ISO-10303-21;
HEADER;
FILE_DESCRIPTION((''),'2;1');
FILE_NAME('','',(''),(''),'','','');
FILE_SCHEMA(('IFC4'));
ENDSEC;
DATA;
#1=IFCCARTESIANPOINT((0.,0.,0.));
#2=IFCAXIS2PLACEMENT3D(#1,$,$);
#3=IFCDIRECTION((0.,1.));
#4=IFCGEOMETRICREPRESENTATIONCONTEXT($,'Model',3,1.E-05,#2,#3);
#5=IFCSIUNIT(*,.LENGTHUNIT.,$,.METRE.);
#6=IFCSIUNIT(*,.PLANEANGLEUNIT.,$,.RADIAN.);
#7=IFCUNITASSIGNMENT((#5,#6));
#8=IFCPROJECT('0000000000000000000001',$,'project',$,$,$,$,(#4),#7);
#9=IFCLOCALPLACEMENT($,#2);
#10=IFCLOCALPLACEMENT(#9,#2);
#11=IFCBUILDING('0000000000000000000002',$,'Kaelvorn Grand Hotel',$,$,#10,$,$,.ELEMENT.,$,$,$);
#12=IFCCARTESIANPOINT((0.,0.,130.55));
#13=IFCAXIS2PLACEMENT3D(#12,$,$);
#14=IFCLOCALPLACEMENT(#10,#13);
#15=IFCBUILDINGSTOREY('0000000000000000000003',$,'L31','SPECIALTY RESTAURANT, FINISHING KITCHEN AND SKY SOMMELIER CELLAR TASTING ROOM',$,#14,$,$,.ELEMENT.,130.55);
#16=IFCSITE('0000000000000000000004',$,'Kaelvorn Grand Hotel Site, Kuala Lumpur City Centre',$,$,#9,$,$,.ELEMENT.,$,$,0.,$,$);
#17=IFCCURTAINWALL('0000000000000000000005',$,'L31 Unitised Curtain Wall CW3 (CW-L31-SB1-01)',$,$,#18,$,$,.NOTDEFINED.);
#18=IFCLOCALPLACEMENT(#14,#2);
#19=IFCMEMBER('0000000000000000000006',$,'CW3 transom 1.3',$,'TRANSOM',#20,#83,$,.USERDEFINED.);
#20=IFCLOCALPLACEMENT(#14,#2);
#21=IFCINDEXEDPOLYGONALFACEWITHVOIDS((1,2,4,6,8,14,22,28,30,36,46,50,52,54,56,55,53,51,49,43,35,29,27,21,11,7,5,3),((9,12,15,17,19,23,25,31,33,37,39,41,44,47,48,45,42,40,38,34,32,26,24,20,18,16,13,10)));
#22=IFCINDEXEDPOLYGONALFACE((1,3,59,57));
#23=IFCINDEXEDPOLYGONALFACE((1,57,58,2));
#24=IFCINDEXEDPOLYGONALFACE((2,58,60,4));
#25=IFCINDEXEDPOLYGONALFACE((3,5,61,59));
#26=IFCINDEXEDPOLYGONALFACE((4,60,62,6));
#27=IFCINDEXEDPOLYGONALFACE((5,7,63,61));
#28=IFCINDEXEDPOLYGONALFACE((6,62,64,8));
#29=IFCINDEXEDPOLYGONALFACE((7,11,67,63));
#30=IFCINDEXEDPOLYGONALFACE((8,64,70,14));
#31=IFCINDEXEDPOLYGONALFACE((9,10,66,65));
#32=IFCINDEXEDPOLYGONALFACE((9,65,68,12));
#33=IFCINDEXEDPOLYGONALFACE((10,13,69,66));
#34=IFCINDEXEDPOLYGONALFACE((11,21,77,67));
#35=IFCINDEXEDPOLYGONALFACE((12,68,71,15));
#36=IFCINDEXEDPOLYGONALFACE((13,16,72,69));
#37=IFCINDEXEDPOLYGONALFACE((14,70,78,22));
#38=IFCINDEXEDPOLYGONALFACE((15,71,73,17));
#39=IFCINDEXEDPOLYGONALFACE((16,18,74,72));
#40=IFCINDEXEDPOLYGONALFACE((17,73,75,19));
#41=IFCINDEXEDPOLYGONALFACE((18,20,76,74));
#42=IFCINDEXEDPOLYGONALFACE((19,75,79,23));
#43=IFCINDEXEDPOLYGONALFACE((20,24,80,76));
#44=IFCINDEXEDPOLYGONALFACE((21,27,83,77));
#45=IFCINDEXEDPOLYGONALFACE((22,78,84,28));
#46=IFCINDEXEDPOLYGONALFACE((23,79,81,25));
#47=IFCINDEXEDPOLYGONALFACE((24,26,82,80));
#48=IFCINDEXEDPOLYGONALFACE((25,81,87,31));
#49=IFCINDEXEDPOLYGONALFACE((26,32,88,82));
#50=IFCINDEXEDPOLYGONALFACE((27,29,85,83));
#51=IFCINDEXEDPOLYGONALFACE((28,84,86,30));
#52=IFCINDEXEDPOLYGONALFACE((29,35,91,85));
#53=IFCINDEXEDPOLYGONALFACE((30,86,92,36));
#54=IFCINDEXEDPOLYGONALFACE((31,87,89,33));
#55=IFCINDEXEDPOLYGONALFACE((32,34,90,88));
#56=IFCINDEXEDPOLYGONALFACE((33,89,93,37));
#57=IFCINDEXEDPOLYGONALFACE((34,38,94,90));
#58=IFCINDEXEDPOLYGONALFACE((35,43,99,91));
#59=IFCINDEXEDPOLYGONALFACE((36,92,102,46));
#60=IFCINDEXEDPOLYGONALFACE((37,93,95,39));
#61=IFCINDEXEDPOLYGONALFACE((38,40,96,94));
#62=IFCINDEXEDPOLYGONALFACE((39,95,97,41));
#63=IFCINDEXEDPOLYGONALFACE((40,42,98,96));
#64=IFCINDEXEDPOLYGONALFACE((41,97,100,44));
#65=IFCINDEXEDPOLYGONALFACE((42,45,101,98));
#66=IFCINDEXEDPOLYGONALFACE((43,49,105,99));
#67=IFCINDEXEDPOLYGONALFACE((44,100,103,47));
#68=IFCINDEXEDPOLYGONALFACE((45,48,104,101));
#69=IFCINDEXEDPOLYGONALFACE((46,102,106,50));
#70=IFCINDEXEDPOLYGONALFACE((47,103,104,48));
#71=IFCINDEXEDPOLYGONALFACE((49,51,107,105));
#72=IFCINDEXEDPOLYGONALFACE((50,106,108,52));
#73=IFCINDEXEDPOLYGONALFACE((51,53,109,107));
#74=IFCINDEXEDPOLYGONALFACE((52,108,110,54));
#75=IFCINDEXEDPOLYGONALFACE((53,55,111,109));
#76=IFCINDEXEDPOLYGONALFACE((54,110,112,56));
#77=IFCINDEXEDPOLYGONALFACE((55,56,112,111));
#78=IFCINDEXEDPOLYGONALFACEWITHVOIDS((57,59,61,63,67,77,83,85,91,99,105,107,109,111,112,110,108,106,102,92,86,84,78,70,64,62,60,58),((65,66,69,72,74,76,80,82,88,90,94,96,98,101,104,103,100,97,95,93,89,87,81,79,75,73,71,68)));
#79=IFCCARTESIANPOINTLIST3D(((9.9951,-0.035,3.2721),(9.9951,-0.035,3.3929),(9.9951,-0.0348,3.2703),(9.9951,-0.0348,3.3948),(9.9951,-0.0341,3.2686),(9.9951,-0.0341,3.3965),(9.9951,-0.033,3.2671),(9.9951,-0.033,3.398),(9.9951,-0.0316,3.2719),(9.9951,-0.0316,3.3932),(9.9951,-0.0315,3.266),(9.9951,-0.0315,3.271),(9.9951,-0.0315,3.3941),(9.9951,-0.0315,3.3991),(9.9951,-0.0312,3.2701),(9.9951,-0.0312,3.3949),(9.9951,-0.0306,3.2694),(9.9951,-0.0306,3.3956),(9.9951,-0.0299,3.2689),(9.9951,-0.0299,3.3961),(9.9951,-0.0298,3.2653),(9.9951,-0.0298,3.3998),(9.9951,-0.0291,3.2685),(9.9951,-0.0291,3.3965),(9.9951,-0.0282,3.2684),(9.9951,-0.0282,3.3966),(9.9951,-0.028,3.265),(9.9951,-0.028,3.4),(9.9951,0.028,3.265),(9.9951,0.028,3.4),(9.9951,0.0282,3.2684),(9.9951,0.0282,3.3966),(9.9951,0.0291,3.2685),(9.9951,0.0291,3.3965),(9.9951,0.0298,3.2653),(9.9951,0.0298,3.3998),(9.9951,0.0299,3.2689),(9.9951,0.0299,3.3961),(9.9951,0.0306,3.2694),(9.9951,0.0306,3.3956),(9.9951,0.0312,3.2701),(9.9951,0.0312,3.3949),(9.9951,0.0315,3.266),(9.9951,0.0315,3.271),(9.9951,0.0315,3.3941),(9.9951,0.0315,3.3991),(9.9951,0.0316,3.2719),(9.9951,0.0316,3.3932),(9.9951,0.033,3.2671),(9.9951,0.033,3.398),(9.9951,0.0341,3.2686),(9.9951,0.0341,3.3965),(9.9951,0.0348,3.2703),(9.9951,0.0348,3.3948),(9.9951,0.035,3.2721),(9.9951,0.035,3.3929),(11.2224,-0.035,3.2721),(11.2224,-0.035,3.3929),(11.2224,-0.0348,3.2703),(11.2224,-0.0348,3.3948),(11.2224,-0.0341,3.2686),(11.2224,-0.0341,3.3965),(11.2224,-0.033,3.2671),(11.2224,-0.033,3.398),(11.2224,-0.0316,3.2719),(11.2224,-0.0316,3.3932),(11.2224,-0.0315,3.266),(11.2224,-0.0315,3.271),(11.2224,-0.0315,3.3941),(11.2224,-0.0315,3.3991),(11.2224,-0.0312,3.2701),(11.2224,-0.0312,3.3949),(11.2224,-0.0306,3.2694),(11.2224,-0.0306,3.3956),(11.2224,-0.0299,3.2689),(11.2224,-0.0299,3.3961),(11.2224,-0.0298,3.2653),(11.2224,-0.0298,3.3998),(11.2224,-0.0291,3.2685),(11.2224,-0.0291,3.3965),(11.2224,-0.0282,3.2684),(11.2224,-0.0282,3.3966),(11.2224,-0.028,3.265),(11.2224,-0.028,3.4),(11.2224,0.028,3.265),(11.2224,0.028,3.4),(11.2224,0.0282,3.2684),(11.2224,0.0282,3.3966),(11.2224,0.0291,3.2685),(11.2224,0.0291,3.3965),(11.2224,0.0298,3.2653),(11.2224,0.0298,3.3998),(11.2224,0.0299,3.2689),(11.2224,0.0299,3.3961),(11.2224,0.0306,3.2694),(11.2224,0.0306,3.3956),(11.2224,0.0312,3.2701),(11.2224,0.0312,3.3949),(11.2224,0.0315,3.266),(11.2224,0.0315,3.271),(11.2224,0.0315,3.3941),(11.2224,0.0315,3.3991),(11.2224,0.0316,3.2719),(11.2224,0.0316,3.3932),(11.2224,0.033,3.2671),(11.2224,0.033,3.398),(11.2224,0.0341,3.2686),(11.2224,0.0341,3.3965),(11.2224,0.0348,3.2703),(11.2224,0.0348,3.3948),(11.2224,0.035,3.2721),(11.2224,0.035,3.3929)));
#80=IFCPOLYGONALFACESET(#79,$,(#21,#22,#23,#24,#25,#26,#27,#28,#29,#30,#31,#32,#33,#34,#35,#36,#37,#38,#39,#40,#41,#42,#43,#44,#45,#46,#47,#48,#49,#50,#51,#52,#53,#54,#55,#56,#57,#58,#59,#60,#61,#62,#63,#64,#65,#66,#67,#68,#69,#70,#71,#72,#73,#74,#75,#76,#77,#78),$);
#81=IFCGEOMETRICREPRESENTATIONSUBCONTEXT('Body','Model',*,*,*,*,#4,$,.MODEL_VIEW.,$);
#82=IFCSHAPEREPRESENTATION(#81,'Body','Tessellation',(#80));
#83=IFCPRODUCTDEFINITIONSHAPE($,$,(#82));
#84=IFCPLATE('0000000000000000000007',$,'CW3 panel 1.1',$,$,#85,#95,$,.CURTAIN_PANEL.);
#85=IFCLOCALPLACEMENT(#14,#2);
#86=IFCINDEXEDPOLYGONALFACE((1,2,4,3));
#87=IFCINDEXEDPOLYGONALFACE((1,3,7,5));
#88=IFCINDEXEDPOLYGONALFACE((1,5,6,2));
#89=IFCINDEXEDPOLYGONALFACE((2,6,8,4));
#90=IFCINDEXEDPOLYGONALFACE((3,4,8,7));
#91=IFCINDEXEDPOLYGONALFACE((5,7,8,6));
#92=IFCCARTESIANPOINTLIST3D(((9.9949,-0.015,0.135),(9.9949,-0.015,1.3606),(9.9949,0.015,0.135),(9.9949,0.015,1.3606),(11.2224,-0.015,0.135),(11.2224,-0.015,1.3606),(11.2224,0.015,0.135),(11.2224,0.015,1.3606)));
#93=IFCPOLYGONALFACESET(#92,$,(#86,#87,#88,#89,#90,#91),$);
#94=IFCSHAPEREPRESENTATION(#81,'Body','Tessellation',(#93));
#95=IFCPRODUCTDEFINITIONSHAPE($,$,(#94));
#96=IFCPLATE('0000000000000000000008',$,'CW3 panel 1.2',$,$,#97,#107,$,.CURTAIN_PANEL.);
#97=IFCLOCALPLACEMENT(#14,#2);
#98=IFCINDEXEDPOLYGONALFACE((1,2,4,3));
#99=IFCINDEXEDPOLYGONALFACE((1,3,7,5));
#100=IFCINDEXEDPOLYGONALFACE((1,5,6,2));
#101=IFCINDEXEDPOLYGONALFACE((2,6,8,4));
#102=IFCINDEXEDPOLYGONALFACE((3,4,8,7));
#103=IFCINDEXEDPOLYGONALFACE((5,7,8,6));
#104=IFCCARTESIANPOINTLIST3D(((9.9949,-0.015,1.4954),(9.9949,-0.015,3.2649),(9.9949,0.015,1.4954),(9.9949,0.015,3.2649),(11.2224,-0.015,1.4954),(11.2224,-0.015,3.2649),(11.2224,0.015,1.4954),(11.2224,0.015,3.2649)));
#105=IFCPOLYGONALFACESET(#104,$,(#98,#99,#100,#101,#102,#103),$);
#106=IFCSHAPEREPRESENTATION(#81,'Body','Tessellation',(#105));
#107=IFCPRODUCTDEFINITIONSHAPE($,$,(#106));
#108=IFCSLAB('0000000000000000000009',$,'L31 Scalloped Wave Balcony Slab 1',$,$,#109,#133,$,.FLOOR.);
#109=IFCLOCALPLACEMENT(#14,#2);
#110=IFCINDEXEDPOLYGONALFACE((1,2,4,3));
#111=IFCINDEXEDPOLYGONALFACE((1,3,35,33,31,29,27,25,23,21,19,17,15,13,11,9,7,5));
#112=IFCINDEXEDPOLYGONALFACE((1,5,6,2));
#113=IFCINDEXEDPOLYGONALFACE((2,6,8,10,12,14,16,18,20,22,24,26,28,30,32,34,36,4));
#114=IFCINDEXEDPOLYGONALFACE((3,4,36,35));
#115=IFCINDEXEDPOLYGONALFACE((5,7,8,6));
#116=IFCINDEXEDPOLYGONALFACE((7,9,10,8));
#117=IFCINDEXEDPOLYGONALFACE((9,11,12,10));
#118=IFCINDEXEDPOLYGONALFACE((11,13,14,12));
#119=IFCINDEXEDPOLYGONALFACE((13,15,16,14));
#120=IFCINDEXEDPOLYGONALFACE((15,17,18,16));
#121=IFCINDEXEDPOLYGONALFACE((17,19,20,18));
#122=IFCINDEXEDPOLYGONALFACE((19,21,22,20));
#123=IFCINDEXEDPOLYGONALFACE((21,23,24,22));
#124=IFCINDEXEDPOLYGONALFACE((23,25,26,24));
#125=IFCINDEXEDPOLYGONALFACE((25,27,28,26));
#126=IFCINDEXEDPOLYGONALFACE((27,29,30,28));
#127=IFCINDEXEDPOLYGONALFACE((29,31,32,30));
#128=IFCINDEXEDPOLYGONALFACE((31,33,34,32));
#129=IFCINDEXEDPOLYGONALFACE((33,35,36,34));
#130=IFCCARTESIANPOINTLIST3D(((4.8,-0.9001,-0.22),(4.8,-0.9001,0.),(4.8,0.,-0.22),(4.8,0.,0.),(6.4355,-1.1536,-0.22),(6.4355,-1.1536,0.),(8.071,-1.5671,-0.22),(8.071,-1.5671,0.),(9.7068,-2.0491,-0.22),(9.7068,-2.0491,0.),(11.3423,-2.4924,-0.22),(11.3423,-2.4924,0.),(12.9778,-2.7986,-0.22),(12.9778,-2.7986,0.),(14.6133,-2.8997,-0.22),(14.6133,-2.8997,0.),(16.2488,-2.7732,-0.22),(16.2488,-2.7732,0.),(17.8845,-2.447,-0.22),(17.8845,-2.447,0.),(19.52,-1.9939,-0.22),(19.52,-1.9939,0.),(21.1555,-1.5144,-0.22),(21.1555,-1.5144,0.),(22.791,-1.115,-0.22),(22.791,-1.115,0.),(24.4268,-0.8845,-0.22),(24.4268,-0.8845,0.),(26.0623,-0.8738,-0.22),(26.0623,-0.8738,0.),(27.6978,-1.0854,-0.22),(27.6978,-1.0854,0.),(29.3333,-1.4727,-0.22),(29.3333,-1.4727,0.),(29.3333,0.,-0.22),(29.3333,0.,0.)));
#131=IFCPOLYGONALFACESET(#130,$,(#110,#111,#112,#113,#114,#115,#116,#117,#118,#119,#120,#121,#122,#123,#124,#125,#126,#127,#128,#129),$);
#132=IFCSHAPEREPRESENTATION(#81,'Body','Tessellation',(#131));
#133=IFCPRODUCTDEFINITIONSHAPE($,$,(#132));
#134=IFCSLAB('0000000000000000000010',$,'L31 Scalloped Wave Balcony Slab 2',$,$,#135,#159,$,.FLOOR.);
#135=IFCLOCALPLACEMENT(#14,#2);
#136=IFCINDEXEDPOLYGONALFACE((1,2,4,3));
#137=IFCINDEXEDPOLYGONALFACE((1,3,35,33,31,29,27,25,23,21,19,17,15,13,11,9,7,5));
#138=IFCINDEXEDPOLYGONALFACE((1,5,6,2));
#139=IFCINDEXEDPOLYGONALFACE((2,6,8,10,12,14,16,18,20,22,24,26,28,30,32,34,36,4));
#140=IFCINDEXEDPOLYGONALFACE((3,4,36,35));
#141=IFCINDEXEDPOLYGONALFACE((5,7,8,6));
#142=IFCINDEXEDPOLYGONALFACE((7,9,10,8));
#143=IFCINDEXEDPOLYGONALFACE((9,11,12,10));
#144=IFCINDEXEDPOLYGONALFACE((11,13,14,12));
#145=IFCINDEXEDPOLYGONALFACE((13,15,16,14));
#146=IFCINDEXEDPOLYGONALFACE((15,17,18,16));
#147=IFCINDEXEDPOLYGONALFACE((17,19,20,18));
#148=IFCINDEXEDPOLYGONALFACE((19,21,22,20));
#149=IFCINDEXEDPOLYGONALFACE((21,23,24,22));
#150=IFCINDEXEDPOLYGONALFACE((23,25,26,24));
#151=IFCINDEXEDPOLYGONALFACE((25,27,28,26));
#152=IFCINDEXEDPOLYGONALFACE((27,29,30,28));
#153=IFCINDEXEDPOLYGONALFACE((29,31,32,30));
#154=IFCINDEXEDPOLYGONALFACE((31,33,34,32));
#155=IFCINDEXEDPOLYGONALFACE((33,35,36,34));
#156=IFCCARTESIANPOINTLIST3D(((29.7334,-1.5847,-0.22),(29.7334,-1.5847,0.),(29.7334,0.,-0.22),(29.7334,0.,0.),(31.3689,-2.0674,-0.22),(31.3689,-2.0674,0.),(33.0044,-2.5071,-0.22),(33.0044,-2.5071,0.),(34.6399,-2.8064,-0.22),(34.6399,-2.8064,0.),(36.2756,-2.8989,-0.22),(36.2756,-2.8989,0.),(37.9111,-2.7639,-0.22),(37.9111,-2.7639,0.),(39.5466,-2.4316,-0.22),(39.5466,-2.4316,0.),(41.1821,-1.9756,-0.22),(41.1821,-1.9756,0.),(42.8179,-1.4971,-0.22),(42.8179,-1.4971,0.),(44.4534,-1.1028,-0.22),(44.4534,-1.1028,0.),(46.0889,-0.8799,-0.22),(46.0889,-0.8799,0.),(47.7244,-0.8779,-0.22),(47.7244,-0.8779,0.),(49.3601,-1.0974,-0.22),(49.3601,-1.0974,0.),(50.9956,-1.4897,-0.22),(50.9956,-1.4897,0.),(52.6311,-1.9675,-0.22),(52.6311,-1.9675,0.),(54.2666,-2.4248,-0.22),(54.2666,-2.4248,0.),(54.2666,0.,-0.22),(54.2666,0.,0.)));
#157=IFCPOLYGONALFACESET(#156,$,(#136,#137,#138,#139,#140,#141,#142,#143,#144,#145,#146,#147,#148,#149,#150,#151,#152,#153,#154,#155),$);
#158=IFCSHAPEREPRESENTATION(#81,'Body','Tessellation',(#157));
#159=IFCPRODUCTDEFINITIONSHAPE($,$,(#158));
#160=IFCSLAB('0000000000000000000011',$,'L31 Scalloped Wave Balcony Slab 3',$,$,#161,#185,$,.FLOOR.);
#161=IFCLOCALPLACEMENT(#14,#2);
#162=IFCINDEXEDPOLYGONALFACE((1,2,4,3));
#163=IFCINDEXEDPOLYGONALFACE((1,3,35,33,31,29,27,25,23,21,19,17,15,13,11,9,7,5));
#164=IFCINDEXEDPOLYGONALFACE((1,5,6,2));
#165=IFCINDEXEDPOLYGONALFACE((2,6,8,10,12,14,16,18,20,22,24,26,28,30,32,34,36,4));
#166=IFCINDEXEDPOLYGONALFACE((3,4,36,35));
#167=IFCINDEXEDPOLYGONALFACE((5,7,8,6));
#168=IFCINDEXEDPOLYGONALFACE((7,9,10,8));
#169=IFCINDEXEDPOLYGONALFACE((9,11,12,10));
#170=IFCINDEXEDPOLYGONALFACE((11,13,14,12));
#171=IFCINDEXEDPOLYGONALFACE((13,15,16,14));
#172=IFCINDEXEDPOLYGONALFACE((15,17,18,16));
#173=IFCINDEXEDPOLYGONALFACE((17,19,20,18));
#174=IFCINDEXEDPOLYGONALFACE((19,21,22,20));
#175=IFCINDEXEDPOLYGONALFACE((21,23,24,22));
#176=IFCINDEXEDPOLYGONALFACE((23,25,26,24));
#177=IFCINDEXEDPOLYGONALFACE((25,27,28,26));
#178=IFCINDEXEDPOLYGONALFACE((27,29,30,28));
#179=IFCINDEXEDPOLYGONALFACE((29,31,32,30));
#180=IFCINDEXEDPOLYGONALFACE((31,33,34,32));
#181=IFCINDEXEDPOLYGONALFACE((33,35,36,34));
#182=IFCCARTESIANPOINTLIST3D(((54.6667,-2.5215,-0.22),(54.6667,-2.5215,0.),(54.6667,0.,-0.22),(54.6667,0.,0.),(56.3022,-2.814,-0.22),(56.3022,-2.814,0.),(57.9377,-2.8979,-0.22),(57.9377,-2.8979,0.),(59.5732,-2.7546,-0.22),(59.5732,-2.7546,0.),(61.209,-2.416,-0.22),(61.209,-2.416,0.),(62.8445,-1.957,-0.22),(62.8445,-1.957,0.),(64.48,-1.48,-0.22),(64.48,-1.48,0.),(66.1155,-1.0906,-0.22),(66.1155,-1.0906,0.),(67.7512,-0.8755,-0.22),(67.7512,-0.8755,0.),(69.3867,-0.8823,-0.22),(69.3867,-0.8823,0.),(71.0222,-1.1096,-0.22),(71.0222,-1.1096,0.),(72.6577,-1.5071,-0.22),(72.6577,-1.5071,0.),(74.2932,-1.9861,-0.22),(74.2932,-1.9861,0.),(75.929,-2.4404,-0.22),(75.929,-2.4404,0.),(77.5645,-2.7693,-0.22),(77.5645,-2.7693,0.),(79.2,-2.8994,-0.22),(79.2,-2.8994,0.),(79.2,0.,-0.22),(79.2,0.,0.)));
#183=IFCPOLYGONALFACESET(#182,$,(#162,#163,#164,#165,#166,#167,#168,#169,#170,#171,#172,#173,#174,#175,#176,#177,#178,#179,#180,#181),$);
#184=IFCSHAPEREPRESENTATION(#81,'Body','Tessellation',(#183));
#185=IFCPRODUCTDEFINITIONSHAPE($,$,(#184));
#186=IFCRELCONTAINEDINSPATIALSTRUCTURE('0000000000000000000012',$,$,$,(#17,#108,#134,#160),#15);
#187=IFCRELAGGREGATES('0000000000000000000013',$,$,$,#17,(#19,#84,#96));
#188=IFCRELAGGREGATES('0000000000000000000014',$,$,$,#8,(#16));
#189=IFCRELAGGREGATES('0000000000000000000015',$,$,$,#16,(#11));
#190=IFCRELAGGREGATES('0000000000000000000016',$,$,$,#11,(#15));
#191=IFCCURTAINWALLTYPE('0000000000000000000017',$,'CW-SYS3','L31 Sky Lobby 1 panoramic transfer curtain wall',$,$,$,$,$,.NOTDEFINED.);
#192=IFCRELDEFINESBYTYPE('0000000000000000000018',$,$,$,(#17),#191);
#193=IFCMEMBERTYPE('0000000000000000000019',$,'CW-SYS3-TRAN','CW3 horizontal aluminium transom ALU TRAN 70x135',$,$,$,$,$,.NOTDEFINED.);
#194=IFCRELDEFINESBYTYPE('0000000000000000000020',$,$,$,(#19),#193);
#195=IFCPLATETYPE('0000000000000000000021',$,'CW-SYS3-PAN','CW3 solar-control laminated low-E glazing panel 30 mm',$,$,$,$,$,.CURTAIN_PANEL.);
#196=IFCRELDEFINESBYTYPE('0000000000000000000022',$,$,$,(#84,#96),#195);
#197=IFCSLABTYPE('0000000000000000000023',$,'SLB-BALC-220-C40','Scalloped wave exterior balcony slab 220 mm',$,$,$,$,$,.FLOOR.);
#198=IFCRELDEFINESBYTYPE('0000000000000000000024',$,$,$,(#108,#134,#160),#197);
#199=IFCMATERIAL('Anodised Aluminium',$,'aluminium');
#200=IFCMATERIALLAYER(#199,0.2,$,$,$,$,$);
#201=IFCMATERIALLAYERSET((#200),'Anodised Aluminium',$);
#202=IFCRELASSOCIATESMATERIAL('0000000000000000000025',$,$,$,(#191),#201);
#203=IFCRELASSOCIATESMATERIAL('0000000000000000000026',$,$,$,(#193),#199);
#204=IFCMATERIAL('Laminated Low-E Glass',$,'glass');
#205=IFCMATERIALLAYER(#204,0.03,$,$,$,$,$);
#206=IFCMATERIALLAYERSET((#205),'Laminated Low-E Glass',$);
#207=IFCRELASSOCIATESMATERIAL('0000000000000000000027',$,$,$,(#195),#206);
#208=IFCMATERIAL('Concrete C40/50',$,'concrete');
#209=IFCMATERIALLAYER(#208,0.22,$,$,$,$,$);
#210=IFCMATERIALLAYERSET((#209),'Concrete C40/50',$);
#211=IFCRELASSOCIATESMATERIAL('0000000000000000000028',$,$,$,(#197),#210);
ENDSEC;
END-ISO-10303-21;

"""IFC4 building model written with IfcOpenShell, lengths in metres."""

from ifc_helpers import new_model, si_unit, direction, frame, origin, origin_2d, place, context, subcontext, project, spatial, polyline, rectangle, hollow_rectangle, outline, extrude, material, layer, layer_set, material_profile, profile_set, type_object, element, aggregate, save


model = new_model("IFC4")

# Units and contexts
model_context = context("Model", 3, precision=1e-05, world=origin(), true_north=direction((0.0, 1.0)))
body_context = subcontext(model_context, "Body", "Model", "MODEL_VIEW")
ifc_project = project(units=[si_unit("LENGTHUNIT", "METRE"), si_unit("PLANEANGLEUNIT", "RADIAN")], contexts=[model_context])

# Site, building, storey
site_placement = place(None, origin())
site = spatial("IfcSite", under=ifc_project, at=site_placement, Name="Kaelvorn Grand Hotel Site, Kuala Lumpur City Centre", CompositionType="ELEMENT", RefElevation=0.0)
building_placement = place(site_placement, origin())
building = spatial("IfcBuilding", under=site, at=building_placement, Name="Kaelvorn Grand Hotel", CompositionType="ELEMENT")
storey_placement = place(building_placement, frame((0.0, 0.0, 130.55)))
storey = spatial("IfcBuildingStorey", under=building, at=storey_placement, Name="L31", Description="SPECIALTY RESTAURANT, FINISHING KITCHEN AND SKY SOMMELIER CELLAR TASTING ROOM", CompositionType="ELEMENT", Elevation=130.55)

# Curtain wall, member, plates
ifc_material_1 = material(Name="Anodised Aluminium", Category="aluminium")
ifc_layer_1 = layer(ifc_material_1, 0.2)
ifc_layer_set_1 = layer_set([ifc_layer_1], Name="Anodised Aluminium")
curtain_wall_type = type_object("IfcCurtainWallType", Name="CW-SYS3", Description="L31 Sky Lobby 1 panoramic transfer curtain wall", PredefinedType="NOTDEFINED", material=ifc_layer_set_1)
curtain_wall_placement = place(storey_placement, origin())
curtain_wall = element("IfcCurtainWall", 1, at=curtain_wall_placement, inside=storey, type_object=curtain_wall_type, Name="L31 Unitised Curtain Wall CW3 (CW-L31-SB1-01)", PredefinedType="NOTDEFINED")
ifc_material_profile_1 = material_profile(ifc_material_1, hollow_rectangle(XDim=0.0701, YDim=0.135, WallThickness=0.0034, InnerFilletRadius=0.0034, OuterFilletRadius=0.0071, at=origin_2d()), Name="ALU TRAN 70x135")
ifc_profile_set_1 = profile_set([ifc_material_profile_1], Name="Anodised Aluminium")
member_type_1 = type_object("IfcMemberType", Name="CW-SYS3-TRAN", Description="CW3 horizontal aluminium transom ALU TRAN 70x135", PredefinedType="NOTDEFINED", material=ifc_profile_set_1)
member_1_placement = place(storey_placement, frame((9.9951, 0.0, 3.3325), z_axis=(1.0, 0.0, 0.0), x_axis=(0.0, 1.0, 0.0)))
member_1 = element("IfcMember", 2, at=member_1_placement, type_object=member_type_1, Name="CW3 transom 1.3", ObjectType="TRANSOM", PredefinedType="USERDEFINED", context=body_context, shape_type="SweptSolid", body=[
    extrude(hollow_rectangle(XDim=0.0701, YDim=0.135, WallThickness=0.0034, InnerFilletRadius=0.0034, OuterFilletRadius=0.0071, at=origin_2d()), origin(), (0.0, 0.0, 1.0), 1.2273),
])
ifc_material_2 = material(Name="Laminated Low-E Glass", Category="glass")
ifc_layer_2 = layer(ifc_material_2, 0.03)
ifc_layer_set_2 = layer_set([ifc_layer_2], Name="Laminated Low-E Glass")
plate_type = type_object("IfcPlateType", Name="CW-SYS3-PAN", Description="CW3 solar-control laminated low-E glazing panel 30 mm", PredefinedType="CURTAIN_PANEL", material=ifc_layer_set_2)
plate_1_placement = place(storey_placement, frame((10.6086, 0.0, 0.135), z_axis=(0.0, 0.0, 1.0), x_axis=(1.0, 0.0, 0.0)))
plate_1 = element("IfcPlate", 3, at=plate_1_placement, type_object=plate_type, Name="CW3 panel 1.1", PredefinedType="CURTAIN_PANEL", context=body_context, shape_type="SweptSolid", body=[
    extrude(rectangle(XDim=1.2275, YDim=0.03, at=origin_2d()), origin(), (0.0, 0.0, 1.0), 1.2256),
])
plate_2_placement = place(storey_placement, frame((10.6086, 0.0, 1.4954), z_axis=(0.0, 0.0, 1.0), x_axis=(1.0, 0.0, 0.0)))
plate_2 = element("IfcPlate", 4, at=plate_2_placement, type_object=plate_type, Name="CW3 panel 1.2", PredefinedType="CURTAIN_PANEL", context=body_context, shape_type="SweptSolid", body=[
    extrude(rectangle(XDim=1.2275, YDim=0.03, at=origin_2d()), origin(), (0.0, 0.0, 1.0), 1.7695),
])
aggregate(curtain_wall, [member_1, plate_1, plate_2])

# Slabs
ifc_material_3 = material(Name="Concrete C40/50", Category="concrete")
ifc_layer_3 = layer(ifc_material_3, 0.22)
ifc_layer_set_3 = layer_set([ifc_layer_3], Name="Concrete C40/50")
slab_type_1 = type_object("IfcSlabType", Name="SLB-BALC-220-C40", Description="Scalloped wave exterior balcony slab 220 mm", PredefinedType="FLOOR", material=ifc_layer_set_3)
slab_1_placement = place(storey_placement, frame((0.0, 0.0, -0.22)))
element("IfcSlab", 5, at=slab_1_placement, inside=storey, type_object=slab_type_1, Name="L31 Scalloped Wave Balcony Slab 1", PredefinedType="FLOOR", context=body_context, shape_type="SweptSolid", body=[
    extrude(outline(polyline([(4.8, -0.9001), (6.4355, -1.1536), (8.071, -1.5671), (9.7068, -2.0491), (11.3423, -2.4924), (12.9778, -2.7986), (14.6133, -2.8997), (16.2488, -2.7732), (17.8845, -2.447), (19.52, -1.9939), (21.1555, -1.5144), (22.791, -1.115), (24.4268, -0.8845), (26.0623, -0.8738), (27.6978, -1.0854), (29.3333, -1.4727), (29.3333, 0.0), (4.8, 0.0), (4.8, -0.9001)])), origin(), (0.0, 0.0, 1.0), 0.22),
])
slab_2_placement = place(storey_placement, frame((0.0, 0.0, -0.22)))
element("IfcSlab", 6, at=slab_2_placement, inside=storey, type_object=slab_type_1, Name="L31 Scalloped Wave Balcony Slab 2", PredefinedType="FLOOR", context=body_context, shape_type="SweptSolid", body=[
    extrude(outline(polyline([(29.7334, -1.5847), (31.3689, -2.0674), (33.0044, -2.5071), (34.6399, -2.8064), (36.2756, -2.8989), (37.9111, -2.7639), (39.5466, -2.4316), (41.1821, -1.9756), (42.8179, -1.4971), (44.4534, -1.1028), (46.0889, -0.8799), (47.7244, -0.8779), (49.3601, -1.0974), (50.9956, -1.4897), (52.6311, -1.9675), (54.2666, -2.4248), (54.2666, 0.0), (29.7334, 0.0), (29.7334, -1.5847)])), origin(), (0.0, 0.0, 1.0), 0.22),
])
slab_3_placement = place(storey_placement, frame((0.0, 0.0, -0.22)))
element("IfcSlab", 7, at=slab_3_placement, inside=storey, type_object=slab_type_1, Name="L31 Scalloped Wave Balcony Slab 3", PredefinedType="FLOOR", context=body_context, shape_type="SweptSolid", body=[
    extrude(outline(polyline([(54.6667, -2.5215), (56.3022, -2.814), (57.9377, -2.8979), (59.5732, -2.7546), (61.209, -2.416), (62.8445, -1.957), (64.48, -1.48), (66.1155, -1.0906), (67.7512, -0.8755), (69.3867, -0.8823), (71.0222, -1.1096), (72.6577, -1.5071), (74.2932, -1.9861), (75.929, -2.4404), (77.5645, -2.7693), (79.2, -2.8994), (79.2, 0.0), (54.6667, 0.0), (54.6667, -2.5215)])), origin(), (0.0, 0.0, 1.0), 0.22),
])

save(model, "model.ifc")
